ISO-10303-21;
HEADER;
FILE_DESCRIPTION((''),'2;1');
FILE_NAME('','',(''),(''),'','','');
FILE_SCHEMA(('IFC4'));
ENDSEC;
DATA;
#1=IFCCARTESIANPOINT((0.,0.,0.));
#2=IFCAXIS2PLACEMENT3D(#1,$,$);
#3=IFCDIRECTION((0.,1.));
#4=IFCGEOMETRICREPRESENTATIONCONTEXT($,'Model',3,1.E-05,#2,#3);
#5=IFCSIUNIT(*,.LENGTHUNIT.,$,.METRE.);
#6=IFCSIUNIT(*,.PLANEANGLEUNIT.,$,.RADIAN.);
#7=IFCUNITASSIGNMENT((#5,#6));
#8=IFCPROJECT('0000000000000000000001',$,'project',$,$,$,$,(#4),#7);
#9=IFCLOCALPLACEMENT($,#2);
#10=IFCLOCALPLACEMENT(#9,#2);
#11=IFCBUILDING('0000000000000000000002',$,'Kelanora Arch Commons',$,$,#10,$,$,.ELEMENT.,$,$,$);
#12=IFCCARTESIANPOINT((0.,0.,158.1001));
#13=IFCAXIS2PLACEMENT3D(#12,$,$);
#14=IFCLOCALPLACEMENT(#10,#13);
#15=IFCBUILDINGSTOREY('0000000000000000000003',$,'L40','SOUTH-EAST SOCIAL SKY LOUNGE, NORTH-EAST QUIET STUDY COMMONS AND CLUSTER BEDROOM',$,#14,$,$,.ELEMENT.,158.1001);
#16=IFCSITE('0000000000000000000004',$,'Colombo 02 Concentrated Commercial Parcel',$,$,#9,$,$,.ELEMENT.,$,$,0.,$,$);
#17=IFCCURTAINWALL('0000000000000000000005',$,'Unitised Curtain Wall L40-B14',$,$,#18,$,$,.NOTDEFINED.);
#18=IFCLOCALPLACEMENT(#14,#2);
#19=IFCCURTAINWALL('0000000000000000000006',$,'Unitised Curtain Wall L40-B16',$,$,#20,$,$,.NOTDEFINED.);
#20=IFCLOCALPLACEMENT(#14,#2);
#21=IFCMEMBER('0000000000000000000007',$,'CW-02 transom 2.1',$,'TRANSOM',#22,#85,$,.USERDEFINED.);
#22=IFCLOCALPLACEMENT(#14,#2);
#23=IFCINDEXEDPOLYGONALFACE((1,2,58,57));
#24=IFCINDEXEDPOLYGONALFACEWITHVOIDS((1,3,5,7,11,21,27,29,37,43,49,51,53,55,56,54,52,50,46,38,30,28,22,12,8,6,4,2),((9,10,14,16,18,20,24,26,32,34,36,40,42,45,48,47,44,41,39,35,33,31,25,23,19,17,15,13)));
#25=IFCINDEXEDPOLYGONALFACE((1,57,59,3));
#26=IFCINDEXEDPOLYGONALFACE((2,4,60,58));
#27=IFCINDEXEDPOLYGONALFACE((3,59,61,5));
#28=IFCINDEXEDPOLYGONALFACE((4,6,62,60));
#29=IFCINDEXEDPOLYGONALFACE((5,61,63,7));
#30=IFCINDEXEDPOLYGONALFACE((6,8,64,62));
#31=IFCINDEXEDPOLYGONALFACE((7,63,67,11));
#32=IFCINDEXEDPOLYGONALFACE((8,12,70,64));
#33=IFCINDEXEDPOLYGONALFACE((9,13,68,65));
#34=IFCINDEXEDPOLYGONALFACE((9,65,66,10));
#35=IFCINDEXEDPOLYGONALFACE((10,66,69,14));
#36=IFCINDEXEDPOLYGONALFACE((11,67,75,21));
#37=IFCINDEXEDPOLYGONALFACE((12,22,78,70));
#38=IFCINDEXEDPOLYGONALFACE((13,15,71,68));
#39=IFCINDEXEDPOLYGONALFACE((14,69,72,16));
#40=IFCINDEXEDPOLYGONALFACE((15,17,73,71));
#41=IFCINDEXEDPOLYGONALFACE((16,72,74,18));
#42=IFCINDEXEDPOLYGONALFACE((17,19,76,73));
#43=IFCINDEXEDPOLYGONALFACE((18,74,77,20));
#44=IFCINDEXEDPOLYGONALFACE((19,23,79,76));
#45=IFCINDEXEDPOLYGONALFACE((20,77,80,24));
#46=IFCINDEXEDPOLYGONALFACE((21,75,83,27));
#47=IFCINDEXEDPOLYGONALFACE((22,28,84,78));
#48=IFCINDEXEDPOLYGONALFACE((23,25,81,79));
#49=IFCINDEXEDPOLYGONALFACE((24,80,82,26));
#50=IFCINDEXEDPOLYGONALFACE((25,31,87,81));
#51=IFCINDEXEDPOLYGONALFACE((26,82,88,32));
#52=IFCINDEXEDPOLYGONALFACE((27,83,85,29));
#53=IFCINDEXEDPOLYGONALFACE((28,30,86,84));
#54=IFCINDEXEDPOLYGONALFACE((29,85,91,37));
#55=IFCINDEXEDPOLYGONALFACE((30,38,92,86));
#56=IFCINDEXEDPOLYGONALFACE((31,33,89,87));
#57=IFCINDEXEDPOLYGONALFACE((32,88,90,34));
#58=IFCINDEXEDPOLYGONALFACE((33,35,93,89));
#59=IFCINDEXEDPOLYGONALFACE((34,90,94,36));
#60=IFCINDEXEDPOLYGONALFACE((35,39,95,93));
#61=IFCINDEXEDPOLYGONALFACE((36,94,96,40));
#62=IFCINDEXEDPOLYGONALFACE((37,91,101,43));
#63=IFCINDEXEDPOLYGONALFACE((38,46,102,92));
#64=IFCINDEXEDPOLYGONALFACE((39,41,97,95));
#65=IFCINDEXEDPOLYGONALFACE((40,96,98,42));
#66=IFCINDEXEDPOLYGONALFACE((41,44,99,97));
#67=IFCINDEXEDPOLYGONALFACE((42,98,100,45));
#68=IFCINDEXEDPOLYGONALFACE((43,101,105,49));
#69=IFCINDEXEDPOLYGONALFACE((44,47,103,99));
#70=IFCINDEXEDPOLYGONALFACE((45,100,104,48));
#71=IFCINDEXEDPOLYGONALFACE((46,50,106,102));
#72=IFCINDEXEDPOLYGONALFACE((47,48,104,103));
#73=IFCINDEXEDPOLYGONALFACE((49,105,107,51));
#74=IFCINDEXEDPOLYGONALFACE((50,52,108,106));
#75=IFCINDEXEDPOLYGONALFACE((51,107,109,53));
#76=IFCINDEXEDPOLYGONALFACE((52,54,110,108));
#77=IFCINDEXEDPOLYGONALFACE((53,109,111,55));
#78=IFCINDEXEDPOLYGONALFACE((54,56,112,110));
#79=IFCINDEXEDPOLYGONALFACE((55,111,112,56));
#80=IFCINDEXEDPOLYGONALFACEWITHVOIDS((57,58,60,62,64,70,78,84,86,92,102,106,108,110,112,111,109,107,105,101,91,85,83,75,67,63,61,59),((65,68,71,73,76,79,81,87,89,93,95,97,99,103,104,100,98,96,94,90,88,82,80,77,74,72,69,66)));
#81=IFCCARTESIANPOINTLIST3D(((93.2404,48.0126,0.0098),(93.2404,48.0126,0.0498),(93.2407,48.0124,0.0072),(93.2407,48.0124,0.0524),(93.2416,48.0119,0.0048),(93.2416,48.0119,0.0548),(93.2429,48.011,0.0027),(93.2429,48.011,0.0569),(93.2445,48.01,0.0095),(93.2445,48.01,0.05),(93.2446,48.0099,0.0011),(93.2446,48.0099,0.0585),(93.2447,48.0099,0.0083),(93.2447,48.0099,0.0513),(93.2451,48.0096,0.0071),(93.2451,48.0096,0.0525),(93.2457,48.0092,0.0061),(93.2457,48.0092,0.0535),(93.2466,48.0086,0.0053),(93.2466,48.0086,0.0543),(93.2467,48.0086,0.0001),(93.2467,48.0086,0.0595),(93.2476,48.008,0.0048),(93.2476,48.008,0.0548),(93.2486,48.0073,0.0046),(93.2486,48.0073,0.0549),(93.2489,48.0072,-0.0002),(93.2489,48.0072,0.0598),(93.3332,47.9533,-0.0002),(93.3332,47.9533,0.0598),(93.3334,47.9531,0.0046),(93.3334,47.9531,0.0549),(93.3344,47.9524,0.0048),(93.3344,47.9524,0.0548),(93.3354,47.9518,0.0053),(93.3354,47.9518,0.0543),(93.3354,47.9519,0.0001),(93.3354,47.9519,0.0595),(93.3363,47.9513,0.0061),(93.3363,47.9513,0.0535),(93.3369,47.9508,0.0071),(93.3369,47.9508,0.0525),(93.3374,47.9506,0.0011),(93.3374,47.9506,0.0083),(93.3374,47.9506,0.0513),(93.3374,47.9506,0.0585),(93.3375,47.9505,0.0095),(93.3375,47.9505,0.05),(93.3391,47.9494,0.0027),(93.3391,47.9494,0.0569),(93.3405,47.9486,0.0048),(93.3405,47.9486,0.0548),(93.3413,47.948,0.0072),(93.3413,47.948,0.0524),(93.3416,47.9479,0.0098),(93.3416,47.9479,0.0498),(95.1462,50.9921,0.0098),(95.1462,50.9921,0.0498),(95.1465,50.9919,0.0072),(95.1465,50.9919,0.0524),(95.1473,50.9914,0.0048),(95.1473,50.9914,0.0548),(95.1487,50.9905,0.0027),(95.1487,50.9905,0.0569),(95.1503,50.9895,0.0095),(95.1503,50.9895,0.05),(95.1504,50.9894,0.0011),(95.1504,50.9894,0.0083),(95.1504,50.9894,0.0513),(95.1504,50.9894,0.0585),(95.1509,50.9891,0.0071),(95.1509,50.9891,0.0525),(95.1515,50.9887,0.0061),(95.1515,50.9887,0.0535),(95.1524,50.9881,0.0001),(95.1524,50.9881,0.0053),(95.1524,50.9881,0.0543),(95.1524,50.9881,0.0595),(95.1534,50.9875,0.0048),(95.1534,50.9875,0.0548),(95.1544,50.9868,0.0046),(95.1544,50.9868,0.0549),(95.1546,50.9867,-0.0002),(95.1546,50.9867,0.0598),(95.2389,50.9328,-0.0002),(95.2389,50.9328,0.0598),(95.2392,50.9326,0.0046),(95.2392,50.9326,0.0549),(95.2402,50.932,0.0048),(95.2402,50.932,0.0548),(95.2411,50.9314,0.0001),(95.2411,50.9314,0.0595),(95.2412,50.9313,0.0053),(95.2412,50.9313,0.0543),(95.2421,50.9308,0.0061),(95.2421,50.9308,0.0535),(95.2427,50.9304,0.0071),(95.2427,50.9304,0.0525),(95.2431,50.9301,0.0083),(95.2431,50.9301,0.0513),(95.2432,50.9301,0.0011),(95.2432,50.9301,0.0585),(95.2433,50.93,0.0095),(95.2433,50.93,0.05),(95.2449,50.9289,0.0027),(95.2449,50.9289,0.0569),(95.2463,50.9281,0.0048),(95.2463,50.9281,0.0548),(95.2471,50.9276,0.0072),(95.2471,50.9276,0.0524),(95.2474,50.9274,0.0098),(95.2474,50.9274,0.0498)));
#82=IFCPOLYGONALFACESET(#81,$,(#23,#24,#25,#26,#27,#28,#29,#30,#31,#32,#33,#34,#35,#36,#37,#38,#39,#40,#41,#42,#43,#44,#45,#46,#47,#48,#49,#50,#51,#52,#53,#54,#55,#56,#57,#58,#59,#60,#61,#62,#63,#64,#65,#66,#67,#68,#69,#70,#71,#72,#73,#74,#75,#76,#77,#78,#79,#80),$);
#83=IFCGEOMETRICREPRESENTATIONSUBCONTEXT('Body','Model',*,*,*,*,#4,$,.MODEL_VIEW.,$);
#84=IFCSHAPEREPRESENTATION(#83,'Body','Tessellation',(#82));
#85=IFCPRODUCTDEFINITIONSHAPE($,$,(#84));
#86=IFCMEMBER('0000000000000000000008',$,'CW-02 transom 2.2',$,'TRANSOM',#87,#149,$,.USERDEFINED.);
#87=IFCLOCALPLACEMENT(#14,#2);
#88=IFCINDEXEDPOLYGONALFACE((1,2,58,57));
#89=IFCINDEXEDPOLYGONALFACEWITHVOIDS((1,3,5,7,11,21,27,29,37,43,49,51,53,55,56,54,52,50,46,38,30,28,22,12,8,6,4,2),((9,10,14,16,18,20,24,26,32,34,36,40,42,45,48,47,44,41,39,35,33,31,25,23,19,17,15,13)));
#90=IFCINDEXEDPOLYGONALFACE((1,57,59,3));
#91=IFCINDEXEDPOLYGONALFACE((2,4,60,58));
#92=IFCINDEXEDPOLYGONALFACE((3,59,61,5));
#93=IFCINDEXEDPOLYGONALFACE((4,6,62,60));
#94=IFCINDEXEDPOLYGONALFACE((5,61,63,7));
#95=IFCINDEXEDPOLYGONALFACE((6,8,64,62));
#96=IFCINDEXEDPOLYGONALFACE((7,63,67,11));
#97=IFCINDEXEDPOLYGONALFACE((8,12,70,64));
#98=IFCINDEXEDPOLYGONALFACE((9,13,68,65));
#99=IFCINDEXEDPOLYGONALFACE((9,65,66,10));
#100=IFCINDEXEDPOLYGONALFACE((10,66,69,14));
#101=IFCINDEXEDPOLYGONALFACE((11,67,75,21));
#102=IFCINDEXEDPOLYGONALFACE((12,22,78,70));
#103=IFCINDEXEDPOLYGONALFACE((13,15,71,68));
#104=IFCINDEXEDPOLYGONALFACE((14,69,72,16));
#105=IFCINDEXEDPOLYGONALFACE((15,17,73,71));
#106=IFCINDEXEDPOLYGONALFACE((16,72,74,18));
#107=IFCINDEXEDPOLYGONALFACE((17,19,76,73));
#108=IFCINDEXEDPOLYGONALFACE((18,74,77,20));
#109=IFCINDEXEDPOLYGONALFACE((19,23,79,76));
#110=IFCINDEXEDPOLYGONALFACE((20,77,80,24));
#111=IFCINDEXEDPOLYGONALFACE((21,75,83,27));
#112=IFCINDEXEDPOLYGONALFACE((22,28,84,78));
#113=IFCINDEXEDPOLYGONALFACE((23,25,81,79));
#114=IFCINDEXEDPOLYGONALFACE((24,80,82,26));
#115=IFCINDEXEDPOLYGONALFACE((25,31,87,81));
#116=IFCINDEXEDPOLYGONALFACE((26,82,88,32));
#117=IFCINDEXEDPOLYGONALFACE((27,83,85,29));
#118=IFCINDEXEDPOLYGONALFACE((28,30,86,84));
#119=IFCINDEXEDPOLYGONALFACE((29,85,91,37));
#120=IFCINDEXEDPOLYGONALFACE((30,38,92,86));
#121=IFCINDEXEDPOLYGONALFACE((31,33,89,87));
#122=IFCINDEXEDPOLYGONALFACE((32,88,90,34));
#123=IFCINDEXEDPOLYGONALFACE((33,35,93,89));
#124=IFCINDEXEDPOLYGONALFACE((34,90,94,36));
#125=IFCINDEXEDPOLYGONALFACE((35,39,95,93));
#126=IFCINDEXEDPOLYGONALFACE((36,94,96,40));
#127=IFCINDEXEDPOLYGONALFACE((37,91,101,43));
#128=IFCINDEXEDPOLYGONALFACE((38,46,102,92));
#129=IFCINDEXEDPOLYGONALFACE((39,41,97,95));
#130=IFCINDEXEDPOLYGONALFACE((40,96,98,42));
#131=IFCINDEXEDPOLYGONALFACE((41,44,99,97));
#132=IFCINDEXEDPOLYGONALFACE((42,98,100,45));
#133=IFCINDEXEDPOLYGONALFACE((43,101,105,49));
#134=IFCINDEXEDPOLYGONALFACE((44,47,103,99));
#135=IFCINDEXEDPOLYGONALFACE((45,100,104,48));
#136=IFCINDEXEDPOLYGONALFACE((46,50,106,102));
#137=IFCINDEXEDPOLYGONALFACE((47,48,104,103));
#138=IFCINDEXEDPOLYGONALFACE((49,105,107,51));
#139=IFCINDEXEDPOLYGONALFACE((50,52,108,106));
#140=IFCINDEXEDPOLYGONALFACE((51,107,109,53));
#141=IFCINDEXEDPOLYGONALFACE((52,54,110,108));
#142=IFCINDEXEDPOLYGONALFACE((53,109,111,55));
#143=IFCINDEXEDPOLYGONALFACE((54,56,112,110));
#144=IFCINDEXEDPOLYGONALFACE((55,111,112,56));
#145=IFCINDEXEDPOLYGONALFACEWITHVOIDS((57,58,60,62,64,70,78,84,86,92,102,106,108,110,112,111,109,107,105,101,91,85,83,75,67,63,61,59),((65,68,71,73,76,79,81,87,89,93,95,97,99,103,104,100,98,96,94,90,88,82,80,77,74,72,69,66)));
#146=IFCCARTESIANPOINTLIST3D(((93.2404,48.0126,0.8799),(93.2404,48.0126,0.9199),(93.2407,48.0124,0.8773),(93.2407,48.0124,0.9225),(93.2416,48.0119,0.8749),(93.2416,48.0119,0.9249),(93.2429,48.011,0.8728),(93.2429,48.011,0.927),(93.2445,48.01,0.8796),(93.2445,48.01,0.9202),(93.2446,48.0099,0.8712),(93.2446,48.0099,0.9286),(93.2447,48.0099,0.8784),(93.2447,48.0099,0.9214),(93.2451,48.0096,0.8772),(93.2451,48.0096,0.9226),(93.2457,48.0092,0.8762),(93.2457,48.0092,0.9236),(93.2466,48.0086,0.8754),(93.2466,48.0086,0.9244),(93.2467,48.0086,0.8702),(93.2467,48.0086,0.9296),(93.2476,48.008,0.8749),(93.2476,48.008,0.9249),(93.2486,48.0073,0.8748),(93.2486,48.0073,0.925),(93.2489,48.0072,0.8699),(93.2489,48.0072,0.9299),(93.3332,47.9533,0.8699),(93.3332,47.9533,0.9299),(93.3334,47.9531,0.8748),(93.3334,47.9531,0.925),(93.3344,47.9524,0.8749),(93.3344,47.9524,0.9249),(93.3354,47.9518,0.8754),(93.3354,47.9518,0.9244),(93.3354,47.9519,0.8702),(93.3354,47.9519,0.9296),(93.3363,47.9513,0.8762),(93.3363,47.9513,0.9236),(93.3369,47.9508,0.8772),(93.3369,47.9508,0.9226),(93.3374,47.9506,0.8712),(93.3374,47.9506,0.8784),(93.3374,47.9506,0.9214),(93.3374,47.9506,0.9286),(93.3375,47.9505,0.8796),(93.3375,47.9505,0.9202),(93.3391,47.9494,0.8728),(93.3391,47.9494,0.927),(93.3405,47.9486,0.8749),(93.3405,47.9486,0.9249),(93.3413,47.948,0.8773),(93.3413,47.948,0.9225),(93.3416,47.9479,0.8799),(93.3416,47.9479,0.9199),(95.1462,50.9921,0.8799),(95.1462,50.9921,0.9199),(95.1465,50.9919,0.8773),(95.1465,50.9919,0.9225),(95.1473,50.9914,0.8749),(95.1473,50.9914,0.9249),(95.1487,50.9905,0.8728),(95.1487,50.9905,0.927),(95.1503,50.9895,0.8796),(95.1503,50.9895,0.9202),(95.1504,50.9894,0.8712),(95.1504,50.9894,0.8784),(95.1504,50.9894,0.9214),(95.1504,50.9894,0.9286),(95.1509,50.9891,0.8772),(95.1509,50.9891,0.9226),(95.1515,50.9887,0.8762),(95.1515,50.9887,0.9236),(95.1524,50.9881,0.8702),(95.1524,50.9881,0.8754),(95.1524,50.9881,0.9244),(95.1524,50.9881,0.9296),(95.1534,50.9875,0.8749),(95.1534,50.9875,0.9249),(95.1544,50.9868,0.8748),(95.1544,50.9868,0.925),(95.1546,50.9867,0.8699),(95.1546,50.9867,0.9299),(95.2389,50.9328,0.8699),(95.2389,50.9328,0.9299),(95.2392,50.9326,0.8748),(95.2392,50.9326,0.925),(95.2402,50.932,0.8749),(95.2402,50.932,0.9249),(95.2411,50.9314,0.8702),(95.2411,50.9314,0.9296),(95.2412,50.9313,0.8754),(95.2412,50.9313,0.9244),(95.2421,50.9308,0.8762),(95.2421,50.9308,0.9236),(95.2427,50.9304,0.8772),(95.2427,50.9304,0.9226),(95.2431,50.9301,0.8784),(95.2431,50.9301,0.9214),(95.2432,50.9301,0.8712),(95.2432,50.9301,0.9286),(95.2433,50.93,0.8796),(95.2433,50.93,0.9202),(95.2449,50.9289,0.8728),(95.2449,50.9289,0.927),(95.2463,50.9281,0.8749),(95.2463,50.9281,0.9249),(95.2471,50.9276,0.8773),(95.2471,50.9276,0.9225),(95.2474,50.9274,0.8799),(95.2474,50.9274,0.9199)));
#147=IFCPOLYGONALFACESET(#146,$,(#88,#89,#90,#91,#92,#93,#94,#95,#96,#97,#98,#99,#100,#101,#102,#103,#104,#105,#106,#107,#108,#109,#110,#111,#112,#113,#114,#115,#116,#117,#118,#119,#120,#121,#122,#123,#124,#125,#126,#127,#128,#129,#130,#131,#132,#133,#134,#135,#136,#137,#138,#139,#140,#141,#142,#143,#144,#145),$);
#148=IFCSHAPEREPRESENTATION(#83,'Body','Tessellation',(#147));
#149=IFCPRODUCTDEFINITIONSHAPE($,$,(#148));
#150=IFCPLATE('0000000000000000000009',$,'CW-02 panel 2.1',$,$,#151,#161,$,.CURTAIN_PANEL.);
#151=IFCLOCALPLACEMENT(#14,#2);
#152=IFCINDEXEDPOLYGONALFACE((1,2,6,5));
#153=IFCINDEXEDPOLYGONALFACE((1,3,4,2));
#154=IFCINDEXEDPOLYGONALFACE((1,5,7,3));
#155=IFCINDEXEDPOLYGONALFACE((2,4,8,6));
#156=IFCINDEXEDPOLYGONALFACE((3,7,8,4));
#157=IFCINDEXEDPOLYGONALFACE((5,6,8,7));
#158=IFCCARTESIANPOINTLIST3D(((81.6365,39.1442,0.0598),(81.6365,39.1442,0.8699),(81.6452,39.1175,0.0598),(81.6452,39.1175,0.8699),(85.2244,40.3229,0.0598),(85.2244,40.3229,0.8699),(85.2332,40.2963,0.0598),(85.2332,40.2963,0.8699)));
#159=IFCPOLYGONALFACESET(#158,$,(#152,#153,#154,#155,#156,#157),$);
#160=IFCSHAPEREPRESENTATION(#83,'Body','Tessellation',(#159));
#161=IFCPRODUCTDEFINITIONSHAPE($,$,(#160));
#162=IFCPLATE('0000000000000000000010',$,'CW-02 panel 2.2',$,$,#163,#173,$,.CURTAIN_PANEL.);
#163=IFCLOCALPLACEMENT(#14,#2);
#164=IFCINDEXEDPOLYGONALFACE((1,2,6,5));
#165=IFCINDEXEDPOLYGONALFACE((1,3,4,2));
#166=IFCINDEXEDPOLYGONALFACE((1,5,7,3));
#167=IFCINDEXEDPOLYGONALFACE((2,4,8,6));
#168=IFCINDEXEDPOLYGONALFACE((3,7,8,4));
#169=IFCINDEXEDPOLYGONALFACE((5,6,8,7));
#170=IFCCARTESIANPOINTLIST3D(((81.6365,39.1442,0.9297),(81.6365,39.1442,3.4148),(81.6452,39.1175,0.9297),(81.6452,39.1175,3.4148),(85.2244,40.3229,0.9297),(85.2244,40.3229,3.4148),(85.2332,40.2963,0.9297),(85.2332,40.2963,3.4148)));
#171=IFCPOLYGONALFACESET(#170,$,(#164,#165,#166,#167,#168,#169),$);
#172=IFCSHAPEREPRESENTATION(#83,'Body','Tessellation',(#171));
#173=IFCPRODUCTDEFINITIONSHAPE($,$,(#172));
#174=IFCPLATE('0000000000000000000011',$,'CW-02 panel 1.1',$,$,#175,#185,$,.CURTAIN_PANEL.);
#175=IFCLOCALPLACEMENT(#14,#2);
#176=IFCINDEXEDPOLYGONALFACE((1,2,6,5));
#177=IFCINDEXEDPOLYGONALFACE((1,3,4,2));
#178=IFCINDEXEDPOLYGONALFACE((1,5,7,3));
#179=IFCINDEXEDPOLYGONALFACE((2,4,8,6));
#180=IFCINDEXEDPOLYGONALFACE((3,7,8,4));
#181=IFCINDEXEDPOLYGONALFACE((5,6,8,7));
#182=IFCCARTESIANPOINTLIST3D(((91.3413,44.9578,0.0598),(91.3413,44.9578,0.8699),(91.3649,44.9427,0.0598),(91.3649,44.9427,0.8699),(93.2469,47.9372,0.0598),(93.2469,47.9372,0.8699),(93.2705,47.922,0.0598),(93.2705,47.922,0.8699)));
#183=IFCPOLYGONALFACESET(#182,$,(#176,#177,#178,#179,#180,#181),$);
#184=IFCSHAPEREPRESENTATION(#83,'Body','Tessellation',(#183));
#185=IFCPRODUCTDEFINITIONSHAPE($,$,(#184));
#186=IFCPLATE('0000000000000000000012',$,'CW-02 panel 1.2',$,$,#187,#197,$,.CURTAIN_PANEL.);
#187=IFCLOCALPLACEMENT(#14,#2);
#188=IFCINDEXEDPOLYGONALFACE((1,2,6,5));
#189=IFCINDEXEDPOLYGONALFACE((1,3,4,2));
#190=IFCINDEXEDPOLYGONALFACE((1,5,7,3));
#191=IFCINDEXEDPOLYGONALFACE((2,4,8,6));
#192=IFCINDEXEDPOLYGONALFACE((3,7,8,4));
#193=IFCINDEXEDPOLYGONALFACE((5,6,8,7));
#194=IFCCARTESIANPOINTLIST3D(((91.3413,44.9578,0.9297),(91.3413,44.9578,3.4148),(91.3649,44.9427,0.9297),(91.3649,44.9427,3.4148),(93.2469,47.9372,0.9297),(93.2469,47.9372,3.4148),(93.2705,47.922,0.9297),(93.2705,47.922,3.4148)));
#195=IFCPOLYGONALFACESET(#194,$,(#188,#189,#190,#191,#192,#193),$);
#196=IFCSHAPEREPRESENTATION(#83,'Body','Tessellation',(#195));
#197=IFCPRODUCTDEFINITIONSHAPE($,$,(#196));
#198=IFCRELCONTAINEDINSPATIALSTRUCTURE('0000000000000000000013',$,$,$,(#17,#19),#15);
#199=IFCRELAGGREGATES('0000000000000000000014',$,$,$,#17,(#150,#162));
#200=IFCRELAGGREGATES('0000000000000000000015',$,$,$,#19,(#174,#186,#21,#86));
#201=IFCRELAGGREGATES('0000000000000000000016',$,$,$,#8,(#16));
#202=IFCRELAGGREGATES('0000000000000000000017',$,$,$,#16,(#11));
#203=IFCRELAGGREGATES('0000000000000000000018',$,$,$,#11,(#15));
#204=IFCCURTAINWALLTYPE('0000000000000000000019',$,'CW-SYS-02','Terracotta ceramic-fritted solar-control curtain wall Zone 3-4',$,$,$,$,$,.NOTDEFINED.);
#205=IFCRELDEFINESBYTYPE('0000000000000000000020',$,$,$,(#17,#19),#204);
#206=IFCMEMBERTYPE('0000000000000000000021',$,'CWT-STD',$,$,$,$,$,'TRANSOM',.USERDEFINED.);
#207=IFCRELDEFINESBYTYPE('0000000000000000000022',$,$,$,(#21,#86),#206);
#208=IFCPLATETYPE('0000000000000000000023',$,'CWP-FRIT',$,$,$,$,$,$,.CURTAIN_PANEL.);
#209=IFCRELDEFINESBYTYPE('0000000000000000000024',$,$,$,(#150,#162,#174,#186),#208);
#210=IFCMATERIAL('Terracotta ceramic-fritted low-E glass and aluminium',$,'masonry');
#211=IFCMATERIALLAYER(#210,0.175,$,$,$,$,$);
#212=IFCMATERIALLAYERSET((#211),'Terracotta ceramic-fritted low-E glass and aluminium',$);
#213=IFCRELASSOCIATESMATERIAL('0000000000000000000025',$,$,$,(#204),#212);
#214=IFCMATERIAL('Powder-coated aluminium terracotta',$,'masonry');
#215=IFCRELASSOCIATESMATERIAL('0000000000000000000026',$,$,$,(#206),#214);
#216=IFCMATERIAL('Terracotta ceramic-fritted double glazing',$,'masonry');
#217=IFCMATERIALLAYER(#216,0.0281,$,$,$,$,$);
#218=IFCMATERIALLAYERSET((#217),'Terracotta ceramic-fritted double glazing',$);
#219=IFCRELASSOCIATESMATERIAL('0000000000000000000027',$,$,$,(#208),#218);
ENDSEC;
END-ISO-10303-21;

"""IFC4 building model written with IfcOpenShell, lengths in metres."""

from ifc_helpers import new_model, si_unit, direction, frame, origin, origin_2d, place, context, subcontext, project, spatial, rectangle, hollow_rectangle, extrude, source, transform, mapped, material, layer, layer_set, material_profile, profile_set, type_object, element, aggregate, save


model = new_model("IFC4")

# Units and contexts
model_context = context("Model", 3, precision=1e-05, world=origin(), true_north=direction((0.0, 1.0)))
body_context = subcontext(model_context, "Body", "Model", "MODEL_VIEW")
ifc_project = project(units=[si_unit("LENGTHUNIT", "METRE"), si_unit("PLANEANGLEUNIT", "RADIAN")], contexts=[model_context])

# Site, building, storey
site_placement = place(None, origin())
site = spatial("IfcSite", under=ifc_project, at=site_placement, Name="Colombo 02 Concentrated Commercial Parcel", CompositionType="ELEMENT", RefElevation=0.0)
building_placement = place(site_placement, origin())
building = spatial("IfcBuilding", under=site, at=building_placement, Name="Kelanora Arch Commons", CompositionType="ELEMENT")
storey_placement = place(building_placement, frame((0.0, 0.0, 158.1001)))
storey = spatial("IfcBuildingStorey", under=building, at=storey_placement, Name="L40", Description="SOUTH-EAST SOCIAL SKY LOUNGE, NORTH-EAST QUIET STUDY COMMONS AND CLUSTER BEDROOM", CompositionType="ELEMENT", Elevation=158.1001)

# Curtain wall
ifc_material_1 = material(Name="Terracotta ceramic-fritted low-E glass and aluminium", Category="masonry")
ifc_layer_1 = layer(ifc_material_1, 0.175)
ifc_layer_set_1 = layer_set([ifc_layer_1], Name="Terracotta ceramic-fritted low-E glass and aluminium")
curtain_wall_type = type_object("IfcCurtainWallType", Name="CW-SYS-02", Description="Terracotta ceramic-fritted solar-control curtain wall Zone 3-4", PredefinedType="NOTDEFINED", material=ifc_layer_set_1)
curtain_wall_1_placement = place(storey_placement, origin())
curtain_wall_1 = element("IfcCurtainWall", 1, at=curtain_wall_1_placement, inside=storey, type_object=curtain_wall_type, Name="Unitised Curtain Wall L40-B14", PredefinedType="NOTDEFINED")
ifc_material_2 = material(Name="Powder-coated aluminium terracotta", Category="masonry")

# Curtain wall, members
curtain_wall_2_placement = place(storey_placement, origin())
curtain_wall_2 = element("IfcCurtainWall", 2, at=curtain_wall_2_placement, inside=storey, type_object=curtain_wall_type, Name="Unitised Curtain Wall L40-B16", PredefinedType="NOTDEFINED")
ifc_material_profile_1 = material_profile(ifc_material_2, hollow_rectangle(XDim=0.1201, YDim=0.0601, WallThickness=0.0049, InnerFilletRadius=0.0049, OuterFilletRadius=0.01, at=origin_2d()), Name="CWT120x60")
ifc_profile_set_1 = profile_set([ifc_material_profile_1], Name="Powder-coated aluminium terracotta")
member_type_1 = type_object("IfcMemberType", Name="CWT-STD", ElementType="TRANSOM", PredefinedType="USERDEFINED", material=ifc_profile_set_1)
member_1_placement = place(storey_placement, frame((93.291, 47.9802, 0.0298), z_axis=(0.53883, 0.842414, 0.0), x_axis=(-0.842414, 0.53883, 0.0)))
member_1 = element("IfcMember", 3, at=member_1_placement, type_object=member_type_1, Name="CW-02 transom 2.1", ObjectType="TRANSOM", PredefinedType="USERDEFINED", context=body_context, shape_type="SweptSolid", body=[
    extrude(hollow_rectangle(XDim=0.1201, YDim=0.0601, WallThickness=0.0049, InnerFilletRadius=0.0049, OuterFilletRadius=0.01, at=origin_2d()), origin(), (0.0, 0.0, 1.0), 3.5369),
])
member_2_placement = place(storey_placement, frame((93.291, 47.9802, 0.8999), z_axis=(0.53883, 0.842414, 0.0), x_axis=(-0.842414, 0.53883, 0.0)))
member_2 = element("IfcMember", 4, at=member_2_placement, type_object=member_type_1, Name="CW-02 transom 2.2", ObjectType="TRANSOM", PredefinedType="USERDEFINED", context=body_context, shape_type="SweptSolid", body=[
    extrude(hollow_rectangle(XDim=0.1201, YDim=0.0601, WallThickness=0.0049, InnerFilletRadius=0.0049, OuterFilletRadius=0.01, at=origin_2d()), origin(), (0.0, 0.0, 1.0), 3.5369),
])

# Plates
ifc_material_3 = material(Name="Terracotta ceramic-fritted double glazing", Category="masonry")
ifc_layer_2 = layer(ifc_material_3, 0.0281)
ifc_layer_set_2 = layer_set([ifc_layer_2], Name="Terracotta ceramic-fritted double glazing")
plate_type = type_object("IfcPlateType", Name="CWP-FRIT", PredefinedType="CURTAIN_PANEL", material=ifc_layer_set_2)
shared_shape_1 = source(origin(), body_context, "Body", "SweptSolid", [
    extrude(rectangle(XDim=3.7766, YDim=0.0281, at=origin_2d()), origin(), (0.0, 0.0, 1.0), 0.8101),
])
plate_1_placement = place(storey_placement, frame((83.4348, 39.7202, 0.0598), z_axis=(0.0, 0.0, 1.0), x_axis=(0.95004, 0.312128, 0.0)))
plate_1 = element("IfcPlate", 5, at=plate_1_placement, type_object=plate_type, Name="CW-02 panel 2.1", PredefinedType="CURTAIN_PANEL", context=body_context, shape_type="MappedRepresentation", body=[
    mapped(shared_shape_1, transform((0.0, 0.0, 0.0), scale=1.0)),
])
shared_shape_2 = source(origin(), body_context, "Body", "SweptSolid", [
    extrude(rectangle(XDim=3.7766, YDim=0.0281, at=origin_2d()), origin(), (0.0, 0.0, 1.0), 2.4851),
])
plate_2_placement = place(storey_placement, frame((83.4348, 39.7202, 0.9297), z_axis=(0.0, 0.0, 1.0), x_axis=(0.95004, 0.312128, 0.0)))
plate_2 = element("IfcPlate", 6, at=plate_2_placement, type_object=plate_type, Name="CW-02 panel 2.2", PredefinedType="CURTAIN_PANEL", context=body_context, shape_type="MappedRepresentation", body=[
    mapped(shared_shape_2, transform((0.0, 0.0, 0.0), scale=1.0)),
])
aggregate(curtain_wall_1, [plate_1, plate_2])
shared_shape_3 = source(origin(), body_context, "Body", "SweptSolid", [
    extrude(rectangle(XDim=3.5366, YDim=0.0281, at=origin_2d()), origin(), (0.0, 0.0, 1.0), 0.8101),
])
plate_3_placement = place(storey_placement, frame((92.3059, 46.4399, 0.0598), z_axis=(0.0, 0.0, 1.0), x_axis=(0.538817, 0.842423, 0.0)))
plate_3 = element("IfcPlate", 7, at=plate_3_placement, type_object=plate_type, Name="CW-02 panel 1.1", PredefinedType="CURTAIN_PANEL", context=body_context, shape_type="MappedRepresentation", body=[
    mapped(shared_shape_3, transform((0.0, 0.0, 0.0), scale=1.0)),
])
shared_shape_4 = source(origin(), body_context, "Body", "SweptSolid", [
    extrude(rectangle(XDim=3.5366, YDim=0.0281, at=origin_2d()), origin(), (0.0, 0.0, 1.0), 2.4851),
])
plate_4_placement = place(storey_placement, frame((92.3059, 46.4399, 0.9297), z_axis=(0.0, 0.0, 1.0), x_axis=(0.538817, 0.842423, 0.0)))
plate_4 = element("IfcPlate", 8, at=plate_4_placement, type_object=plate_type, Name="CW-02 panel 1.2", PredefinedType="CURTAIN_PANEL", context=body_context, shape_type="MappedRepresentation", body=[
    mapped(shared_shape_4, transform((0.0, 0.0, 0.0), scale=1.0)),
])
aggregate(curtain_wall_2, [plate_3, plate_4, member_1, member_2])

save(model, "model.ifc")
